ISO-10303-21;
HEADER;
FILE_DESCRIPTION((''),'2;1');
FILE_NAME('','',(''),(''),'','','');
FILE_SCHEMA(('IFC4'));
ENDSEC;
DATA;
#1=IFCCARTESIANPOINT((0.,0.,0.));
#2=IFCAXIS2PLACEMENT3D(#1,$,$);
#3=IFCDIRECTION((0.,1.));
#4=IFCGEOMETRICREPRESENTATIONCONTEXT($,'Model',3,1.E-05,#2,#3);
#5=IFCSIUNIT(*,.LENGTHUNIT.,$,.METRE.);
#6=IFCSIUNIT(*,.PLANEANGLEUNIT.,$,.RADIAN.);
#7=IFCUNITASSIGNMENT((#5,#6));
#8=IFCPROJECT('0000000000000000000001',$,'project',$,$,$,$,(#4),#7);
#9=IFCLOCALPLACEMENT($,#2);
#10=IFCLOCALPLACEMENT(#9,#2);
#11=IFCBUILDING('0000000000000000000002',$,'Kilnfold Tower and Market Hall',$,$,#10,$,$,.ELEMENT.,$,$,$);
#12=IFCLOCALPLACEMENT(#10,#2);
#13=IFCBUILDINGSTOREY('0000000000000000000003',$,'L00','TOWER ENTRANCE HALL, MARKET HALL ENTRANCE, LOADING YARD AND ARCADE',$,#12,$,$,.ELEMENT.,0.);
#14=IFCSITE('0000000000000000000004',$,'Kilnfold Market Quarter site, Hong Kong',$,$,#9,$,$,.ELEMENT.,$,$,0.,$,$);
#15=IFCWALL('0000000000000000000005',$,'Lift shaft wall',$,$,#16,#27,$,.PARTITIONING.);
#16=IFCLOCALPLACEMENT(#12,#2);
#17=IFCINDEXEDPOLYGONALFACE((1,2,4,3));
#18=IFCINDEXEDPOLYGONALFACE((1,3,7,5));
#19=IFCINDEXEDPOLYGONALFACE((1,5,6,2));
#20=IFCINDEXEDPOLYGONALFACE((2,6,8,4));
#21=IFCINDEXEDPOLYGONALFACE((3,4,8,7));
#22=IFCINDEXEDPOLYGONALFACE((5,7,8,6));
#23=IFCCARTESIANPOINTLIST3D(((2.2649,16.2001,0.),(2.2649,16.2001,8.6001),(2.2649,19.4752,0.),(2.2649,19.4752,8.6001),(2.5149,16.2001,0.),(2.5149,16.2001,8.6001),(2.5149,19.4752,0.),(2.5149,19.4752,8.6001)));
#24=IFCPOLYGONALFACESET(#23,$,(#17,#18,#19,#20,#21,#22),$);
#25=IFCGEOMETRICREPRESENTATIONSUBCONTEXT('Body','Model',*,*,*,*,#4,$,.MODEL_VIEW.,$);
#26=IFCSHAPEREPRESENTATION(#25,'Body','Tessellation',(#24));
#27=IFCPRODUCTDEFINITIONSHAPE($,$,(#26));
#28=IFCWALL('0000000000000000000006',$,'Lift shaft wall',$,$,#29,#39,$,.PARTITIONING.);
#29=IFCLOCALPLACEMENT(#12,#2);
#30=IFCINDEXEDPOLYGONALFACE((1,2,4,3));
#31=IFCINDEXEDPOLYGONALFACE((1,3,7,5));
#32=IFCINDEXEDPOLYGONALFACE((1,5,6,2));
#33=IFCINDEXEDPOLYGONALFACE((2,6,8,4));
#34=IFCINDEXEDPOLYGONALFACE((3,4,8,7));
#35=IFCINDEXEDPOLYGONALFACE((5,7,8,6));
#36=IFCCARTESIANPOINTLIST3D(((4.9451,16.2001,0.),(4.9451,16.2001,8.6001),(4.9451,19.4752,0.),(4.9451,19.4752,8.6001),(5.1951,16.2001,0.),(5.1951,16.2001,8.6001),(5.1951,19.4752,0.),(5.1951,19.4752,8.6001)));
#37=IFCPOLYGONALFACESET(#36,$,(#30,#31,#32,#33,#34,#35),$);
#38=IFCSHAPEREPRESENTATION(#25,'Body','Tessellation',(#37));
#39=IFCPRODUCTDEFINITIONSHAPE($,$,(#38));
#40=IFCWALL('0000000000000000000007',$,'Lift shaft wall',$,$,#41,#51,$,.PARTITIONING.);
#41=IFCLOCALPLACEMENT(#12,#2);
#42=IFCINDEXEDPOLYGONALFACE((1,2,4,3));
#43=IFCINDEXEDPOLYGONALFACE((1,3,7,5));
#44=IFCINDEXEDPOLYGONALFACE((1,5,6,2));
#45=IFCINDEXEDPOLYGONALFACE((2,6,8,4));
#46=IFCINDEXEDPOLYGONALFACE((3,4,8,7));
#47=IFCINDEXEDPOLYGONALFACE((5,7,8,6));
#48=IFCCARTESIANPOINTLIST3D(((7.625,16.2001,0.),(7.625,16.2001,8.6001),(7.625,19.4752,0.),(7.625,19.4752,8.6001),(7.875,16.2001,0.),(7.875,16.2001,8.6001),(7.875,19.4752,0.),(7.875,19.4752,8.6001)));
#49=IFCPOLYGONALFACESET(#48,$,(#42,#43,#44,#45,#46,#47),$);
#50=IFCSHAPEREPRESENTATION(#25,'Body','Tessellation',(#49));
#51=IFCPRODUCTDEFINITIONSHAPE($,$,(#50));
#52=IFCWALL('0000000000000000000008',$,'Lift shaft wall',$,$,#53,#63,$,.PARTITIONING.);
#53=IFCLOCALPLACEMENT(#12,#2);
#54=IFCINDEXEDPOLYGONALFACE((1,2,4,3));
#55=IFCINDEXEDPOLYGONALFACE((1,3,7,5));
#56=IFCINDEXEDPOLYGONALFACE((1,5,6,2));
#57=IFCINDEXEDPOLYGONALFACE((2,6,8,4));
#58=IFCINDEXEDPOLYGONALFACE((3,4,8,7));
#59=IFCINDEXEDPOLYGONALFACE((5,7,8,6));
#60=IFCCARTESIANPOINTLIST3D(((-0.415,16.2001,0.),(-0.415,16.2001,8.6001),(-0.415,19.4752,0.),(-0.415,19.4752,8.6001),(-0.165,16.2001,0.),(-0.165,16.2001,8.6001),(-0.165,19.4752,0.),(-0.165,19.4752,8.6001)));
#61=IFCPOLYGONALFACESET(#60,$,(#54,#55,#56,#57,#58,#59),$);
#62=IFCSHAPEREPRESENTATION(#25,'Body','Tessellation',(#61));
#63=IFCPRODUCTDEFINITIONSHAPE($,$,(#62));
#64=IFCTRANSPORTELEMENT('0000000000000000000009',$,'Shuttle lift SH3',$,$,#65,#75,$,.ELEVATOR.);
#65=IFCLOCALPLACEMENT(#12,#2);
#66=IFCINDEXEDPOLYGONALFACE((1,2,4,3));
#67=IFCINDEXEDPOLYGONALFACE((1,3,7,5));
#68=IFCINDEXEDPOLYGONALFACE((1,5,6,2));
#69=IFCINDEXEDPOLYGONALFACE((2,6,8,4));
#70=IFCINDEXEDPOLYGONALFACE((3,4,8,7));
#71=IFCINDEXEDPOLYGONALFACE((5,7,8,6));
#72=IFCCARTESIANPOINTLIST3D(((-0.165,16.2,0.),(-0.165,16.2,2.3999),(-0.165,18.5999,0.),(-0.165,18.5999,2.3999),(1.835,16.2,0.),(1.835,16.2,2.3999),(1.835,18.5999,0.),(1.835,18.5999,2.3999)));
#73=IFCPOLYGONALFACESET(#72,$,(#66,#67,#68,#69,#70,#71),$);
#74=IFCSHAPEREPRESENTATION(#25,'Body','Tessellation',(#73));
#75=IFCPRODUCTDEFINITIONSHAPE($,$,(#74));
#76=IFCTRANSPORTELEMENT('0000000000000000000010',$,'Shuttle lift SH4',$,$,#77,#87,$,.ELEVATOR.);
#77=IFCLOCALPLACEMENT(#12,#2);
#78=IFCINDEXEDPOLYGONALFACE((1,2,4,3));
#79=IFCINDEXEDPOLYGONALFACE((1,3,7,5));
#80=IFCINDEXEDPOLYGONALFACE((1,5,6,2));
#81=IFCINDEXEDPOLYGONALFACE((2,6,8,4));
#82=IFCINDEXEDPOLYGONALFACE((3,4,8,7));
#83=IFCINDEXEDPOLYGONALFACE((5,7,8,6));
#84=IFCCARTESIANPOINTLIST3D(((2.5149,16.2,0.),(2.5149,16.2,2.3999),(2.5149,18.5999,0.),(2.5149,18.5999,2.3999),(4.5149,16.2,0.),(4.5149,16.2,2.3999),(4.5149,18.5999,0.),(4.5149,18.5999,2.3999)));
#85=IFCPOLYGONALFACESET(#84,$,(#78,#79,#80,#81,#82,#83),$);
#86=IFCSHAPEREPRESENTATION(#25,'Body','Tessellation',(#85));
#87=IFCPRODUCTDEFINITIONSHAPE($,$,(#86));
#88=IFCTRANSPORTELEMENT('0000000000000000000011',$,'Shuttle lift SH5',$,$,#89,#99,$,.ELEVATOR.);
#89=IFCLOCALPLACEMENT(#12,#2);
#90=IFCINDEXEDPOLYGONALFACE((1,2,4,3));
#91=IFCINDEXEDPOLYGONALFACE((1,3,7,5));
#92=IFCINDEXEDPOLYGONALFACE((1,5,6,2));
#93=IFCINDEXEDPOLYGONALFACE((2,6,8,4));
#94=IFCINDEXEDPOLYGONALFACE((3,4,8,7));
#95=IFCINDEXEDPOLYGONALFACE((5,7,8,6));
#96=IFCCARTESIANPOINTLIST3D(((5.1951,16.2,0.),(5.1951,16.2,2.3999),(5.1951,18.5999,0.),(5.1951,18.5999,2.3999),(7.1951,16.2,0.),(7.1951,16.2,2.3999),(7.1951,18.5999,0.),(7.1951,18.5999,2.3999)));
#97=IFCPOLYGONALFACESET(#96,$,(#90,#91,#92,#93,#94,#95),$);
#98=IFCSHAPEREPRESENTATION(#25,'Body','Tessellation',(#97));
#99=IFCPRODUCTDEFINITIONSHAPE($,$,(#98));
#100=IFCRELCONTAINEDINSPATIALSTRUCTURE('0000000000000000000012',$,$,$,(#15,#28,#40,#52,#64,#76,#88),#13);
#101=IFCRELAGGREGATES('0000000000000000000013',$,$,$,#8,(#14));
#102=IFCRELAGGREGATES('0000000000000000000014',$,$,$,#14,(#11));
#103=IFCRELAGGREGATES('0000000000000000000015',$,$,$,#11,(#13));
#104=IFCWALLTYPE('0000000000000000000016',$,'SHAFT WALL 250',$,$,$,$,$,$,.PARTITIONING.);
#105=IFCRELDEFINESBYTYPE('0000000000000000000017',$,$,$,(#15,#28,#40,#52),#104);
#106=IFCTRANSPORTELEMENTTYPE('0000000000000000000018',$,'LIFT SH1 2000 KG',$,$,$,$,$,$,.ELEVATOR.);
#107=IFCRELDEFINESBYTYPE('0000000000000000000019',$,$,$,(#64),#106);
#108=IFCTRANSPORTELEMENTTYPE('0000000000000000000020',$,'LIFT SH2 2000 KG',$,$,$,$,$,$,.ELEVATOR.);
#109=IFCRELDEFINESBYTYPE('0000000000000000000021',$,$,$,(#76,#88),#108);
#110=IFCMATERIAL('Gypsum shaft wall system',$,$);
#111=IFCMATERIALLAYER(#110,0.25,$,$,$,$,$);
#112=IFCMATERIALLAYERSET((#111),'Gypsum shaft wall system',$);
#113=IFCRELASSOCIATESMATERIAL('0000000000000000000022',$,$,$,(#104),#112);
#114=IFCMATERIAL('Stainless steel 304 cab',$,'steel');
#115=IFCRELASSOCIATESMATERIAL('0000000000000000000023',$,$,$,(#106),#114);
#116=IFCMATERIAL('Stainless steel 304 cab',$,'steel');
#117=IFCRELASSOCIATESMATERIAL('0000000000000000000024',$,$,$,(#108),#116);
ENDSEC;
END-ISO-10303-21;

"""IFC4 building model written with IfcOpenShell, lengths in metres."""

from ifc_helpers import new_model, si_unit, direction, frame, frame_2d, origin, origin_2d, place, context, subcontext, project, spatial, rectangle, extrude, source, transform, mapped, material, layer, layer_set, type_object, element, save


model = new_model("IFC4")

# Units and contexts
model_context = context("Model", 3, precision=1e-05, world=origin(), true_north=direction((0.0, 1.0)))
body_context = subcontext(model_context, "Body", "Model", "MODEL_VIEW")
ifc_project = project(units=[si_unit("LENGTHUNIT", "METRE"), si_unit("PLANEANGLEUNIT", "RADIAN")], contexts=[model_context])

# Site, building, storey
site_placement = place(None, origin())
site = spatial("IfcSite", under=ifc_project, at=site_placement, Name="Kilnfold Market Quarter site, Hong Kong", CompositionType="ELEMENT", RefElevation=0.0)
building_placement = place(site_placement, origin())
building = spatial("IfcBuilding", under=site, at=building_placement, Name="Kilnfold Tower and Market Hall", CompositionType="ELEMENT")
storey_placement = place(building_placement, origin())
storey = spatial("IfcBuildingStorey", under=building, at=storey_placement, Name="L00", Description="TOWER ENTRANCE HALL, MARKET HALL ENTRANCE, LOADING YARD AND ARCADE", CompositionType="ELEMENT", Elevation=0.0)

# Walls
ifc_material_1 = material(Name="Gypsum shaft wall system")
ifc_layer_1 = layer(ifc_material_1, 0.25)
ifc_layer_set_1 = layer_set([ifc_layer_1], Name="Gypsum shaft wall system")
wall_type_1 = type_object("IfcWallType", Name="SHAFT WALL 250", PredefinedType="PARTITIONING", material=ifc_layer_set_1)
shared_shape_1 = source(origin(), body_context, "Body", "SweptSolid", [
    extrude(rectangle(XDim=3.2751, YDim=0.25, at=frame_2d((1.6377, 0.0))), origin(), (0.0, 0.0, 1.0), 8.6001),
])
for number, where, z_axis, x_axis, name in (
    (1, (2.3899, 16.2, 0.0), (0.0, 0.0, 1.0), (0.0, 1.0, 0.0), "Lift shaft wall"),
    (2, (5.0701, 16.2, 0.0), (0.0, 0.0, 1.0), (0.0, 1.0, 0.0), "Lift shaft wall"),
    (3, (7.75, 16.2, 0.0), (0.0, 0.0, 1.0), (0.0, 1.0, 0.0), "Lift shaft wall"),
    (4, (-0.29, 16.2, 0.0), (0.0, 0.0, 1.0), (0.0, 1.0, 0.0), "Lift shaft wall"),
):
    element("IfcWall", number, at=place(storey_placement, frame(where, z_axis=z_axis, x_axis=x_axis)), inside=storey, type_object=wall_type_1, Name=name, PredefinedType="PARTITIONING", context=body_context, shape_type="MappedRepresentation", body=[
        mapped(shared_shape_1, transform((0.0, 0.0, 0.0))),
    ])

# Transport elements
ifc_material_2 = material(Name="Stainless steel 304 cab", Category="steel")
transport_element_type_1 = type_object("IfcTransportElementType", Name="LIFT SH1 2000 KG", PredefinedType="ELEVATOR", material=ifc_material_2)
shared_shape_2 = source(origin(), body_context, "Body", "SweptSolid", [
    extrude(rectangle(XDim=2.0, YDim=2.3999, at=origin_2d()), origin(), (0.0, 0.0, 1.0), 2.3999),
])
transport_element_placement = place(storey_placement, frame((0.835, 17.3999, 0.0), z_axis=(0.0, 0.0, 1.0), x_axis=(1.0, 0.0, 0.0)))
element("IfcTransportElement", 5, at=transport_element_placement, inside=storey, type_object=transport_element_type_1, Name="Shuttle lift SH3", PredefinedType="ELEVATOR", context=body_context, shape_type="MappedRepresentation", body=[
    mapped(shared_shape_2, transform((0.0, 0.0, 0.0))),
])
ifc_material_3 = material(Name="Stainless steel 304 cab", Category="steel")
transport_element_type_2 = type_object("IfcTransportElementType", Name="LIFT SH2 2000 KG", PredefinedType="ELEVATOR", material=ifc_material_3)
for number, where, z_axis, x_axis, name in (
    (6, (3.5149, 17.3999, 0.0), (0.0, 0.0, 1.0), (1.0, 0.0, 0.0), "Shuttle lift SH4"),
    (7, (6.1951, 17.3999, 0.0), (0.0, 0.0, 1.0), (1.0, 0.0, 0.0), "Shuttle lift SH5"),
):
    element("IfcTransportElement", number, at=place(storey_placement, frame(where, z_axis=z_axis, x_axis=x_axis)), inside=storey, type_object=transport_element_type_2, Name=name, PredefinedType="ELEVATOR", context=body_context, shape_type="MappedRepresentation", body=[
        mapped(shared_shape_2, transform((0.0, 0.0, 0.0))),
    ])

save(model, "model.ifc")
